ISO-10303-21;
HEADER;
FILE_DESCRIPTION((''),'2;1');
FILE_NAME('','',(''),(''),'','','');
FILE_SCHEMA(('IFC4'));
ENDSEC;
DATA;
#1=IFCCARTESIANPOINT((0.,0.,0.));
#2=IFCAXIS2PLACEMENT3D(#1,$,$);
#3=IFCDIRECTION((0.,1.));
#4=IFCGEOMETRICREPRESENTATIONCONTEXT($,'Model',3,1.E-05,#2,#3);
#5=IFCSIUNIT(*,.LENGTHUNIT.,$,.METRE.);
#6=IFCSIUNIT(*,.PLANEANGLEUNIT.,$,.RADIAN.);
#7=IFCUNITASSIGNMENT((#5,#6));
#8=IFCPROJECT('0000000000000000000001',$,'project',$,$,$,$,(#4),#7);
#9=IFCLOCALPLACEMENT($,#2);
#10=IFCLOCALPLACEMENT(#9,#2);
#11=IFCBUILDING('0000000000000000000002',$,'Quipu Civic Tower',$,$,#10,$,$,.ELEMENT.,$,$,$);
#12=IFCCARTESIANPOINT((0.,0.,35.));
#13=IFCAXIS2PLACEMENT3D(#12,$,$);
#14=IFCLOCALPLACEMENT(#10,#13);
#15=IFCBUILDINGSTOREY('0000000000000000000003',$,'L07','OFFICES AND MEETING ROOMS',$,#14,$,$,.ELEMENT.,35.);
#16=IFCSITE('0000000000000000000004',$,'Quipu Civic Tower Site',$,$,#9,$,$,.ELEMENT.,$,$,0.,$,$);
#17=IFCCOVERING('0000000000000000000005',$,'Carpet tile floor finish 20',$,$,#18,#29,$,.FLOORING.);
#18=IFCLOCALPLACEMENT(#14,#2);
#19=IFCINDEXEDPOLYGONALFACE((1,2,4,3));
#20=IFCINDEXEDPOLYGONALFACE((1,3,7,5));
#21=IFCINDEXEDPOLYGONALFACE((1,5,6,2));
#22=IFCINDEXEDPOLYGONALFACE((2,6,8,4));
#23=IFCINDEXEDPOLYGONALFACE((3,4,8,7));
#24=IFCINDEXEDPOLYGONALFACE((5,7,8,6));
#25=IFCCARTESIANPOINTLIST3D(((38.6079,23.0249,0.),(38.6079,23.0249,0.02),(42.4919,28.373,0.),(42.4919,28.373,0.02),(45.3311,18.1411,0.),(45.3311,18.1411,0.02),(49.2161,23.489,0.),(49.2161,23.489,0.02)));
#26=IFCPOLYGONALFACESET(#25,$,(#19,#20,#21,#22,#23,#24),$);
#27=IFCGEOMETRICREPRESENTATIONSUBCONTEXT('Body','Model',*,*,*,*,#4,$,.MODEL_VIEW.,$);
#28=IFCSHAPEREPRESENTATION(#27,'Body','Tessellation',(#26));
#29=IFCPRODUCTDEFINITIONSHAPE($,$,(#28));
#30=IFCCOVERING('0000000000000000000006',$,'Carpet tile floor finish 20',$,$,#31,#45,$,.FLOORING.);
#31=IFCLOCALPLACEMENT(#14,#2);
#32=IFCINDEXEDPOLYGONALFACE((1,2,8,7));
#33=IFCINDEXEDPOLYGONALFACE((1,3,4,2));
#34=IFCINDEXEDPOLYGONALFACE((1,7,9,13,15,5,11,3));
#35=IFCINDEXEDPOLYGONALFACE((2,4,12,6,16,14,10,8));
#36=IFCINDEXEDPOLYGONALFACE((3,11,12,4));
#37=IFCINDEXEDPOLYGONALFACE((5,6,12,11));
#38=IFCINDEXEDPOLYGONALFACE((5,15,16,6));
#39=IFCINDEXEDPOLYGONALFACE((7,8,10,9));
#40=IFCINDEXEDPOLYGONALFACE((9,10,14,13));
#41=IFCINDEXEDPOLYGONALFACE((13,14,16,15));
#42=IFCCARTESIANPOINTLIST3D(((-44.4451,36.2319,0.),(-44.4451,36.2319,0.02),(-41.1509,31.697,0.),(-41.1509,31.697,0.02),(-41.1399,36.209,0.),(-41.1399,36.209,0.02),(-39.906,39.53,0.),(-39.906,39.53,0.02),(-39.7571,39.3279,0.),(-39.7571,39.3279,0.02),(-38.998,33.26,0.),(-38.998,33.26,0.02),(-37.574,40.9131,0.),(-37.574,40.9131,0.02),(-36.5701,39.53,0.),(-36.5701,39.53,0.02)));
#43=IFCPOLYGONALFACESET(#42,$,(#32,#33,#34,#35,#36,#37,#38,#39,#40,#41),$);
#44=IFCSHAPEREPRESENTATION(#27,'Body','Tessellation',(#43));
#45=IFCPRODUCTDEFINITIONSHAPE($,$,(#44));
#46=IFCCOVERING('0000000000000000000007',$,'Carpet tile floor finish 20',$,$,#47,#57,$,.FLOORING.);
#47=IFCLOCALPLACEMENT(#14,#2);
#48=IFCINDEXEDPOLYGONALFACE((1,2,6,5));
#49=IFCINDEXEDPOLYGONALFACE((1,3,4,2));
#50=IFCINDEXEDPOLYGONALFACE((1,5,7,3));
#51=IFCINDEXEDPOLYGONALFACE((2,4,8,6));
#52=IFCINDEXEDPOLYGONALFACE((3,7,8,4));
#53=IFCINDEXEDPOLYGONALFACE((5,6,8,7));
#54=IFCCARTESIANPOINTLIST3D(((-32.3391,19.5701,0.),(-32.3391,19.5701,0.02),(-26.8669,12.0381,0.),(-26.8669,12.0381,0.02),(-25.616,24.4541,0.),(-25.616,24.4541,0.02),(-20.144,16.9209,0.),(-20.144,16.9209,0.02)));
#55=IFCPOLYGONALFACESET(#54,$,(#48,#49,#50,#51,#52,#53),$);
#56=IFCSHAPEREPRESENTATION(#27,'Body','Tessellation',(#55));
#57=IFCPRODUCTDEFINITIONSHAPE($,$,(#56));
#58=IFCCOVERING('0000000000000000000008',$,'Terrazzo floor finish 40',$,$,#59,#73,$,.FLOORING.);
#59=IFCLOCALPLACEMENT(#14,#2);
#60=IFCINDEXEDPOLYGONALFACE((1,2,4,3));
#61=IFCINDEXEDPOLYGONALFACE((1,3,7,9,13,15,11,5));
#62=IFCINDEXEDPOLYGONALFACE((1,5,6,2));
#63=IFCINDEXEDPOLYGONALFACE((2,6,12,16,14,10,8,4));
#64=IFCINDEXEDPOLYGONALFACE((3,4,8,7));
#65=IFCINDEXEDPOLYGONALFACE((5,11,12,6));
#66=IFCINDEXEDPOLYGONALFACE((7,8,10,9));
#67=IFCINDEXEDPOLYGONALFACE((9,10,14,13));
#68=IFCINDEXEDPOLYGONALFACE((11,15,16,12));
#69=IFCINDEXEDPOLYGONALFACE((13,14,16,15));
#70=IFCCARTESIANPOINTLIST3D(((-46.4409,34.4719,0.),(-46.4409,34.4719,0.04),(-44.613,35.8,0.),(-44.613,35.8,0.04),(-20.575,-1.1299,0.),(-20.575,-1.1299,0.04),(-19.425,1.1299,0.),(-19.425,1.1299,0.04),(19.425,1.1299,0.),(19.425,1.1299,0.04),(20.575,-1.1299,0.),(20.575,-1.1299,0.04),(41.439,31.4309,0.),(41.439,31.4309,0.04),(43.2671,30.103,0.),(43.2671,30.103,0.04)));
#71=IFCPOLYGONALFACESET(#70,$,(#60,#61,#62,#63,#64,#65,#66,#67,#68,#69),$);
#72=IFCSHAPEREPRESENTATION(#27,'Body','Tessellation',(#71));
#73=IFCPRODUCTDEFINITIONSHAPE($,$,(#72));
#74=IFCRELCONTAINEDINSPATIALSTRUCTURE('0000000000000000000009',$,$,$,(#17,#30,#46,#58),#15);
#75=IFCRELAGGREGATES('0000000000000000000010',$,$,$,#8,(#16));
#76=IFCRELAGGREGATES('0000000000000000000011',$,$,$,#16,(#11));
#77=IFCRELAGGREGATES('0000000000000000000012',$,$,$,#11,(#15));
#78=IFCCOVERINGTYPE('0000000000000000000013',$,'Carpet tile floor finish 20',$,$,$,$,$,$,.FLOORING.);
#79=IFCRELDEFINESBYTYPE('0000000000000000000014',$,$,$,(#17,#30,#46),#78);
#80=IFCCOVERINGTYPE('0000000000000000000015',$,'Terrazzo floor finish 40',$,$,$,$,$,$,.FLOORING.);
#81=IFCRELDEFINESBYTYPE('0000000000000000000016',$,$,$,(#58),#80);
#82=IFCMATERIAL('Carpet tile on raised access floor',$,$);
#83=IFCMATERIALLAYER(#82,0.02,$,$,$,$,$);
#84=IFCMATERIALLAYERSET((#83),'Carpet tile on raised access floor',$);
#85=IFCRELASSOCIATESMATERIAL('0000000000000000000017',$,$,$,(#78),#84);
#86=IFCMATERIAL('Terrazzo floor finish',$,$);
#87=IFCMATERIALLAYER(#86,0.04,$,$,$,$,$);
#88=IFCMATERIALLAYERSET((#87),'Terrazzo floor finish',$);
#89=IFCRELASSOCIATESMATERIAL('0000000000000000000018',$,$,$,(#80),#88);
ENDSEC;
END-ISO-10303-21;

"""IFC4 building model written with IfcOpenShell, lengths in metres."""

from ifc_helpers import new_model, si_unit, direction, frame, origin, place, context, subcontext, project, spatial, polyline, outline, extrude, material, layer, layer_set, type_object, element, save


model = new_model("IFC4")

# Units and contexts
model_context = context("Model", 3, precision=1e-05, world=origin(), true_north=direction((0.0, 1.0)))
body_context = subcontext(model_context, "Body", "Model", "MODEL_VIEW")
ifc_project = project(units=[si_unit("LENGTHUNIT", "METRE"), si_unit("PLANEANGLEUNIT", "RADIAN")], contexts=[model_context])

# Site, building, storey
site_placement = place(None, origin())
site = spatial("IfcSite", under=ifc_project, at=site_placement, Name="Quipu Civic Tower Site", CompositionType="ELEMENT", RefElevation=0.0)
building_placement = place(site_placement, origin())
building = spatial("IfcBuilding", under=site, at=building_placement, Name="Quipu Civic Tower", CompositionType="ELEMENT")
storey_placement = place(building_placement, frame((0.0, 0.0, 35.0)))
storey = spatial("IfcBuildingStorey", under=building, at=storey_placement, Name="L07", Description="OFFICES AND MEETING ROOMS", CompositionType="ELEMENT", Elevation=35.0)

# Coverings
ifc_material_1 = material(Name="Carpet tile on raised access floor")
ifc_layer_1 = layer(ifc_material_1, 0.02)
ifc_layer_set_1 = layer_set([ifc_layer_1], Name="Carpet tile on raised access floor")
covering_type_1 = type_object("IfcCoveringType", Name="Carpet tile floor finish 20", PredefinedType="FLOORING", material=ifc_layer_set_1)
covering_1_placement = place(storey_placement, origin())
element("IfcCovering", 1, at=covering_1_placement, inside=storey, type_object=covering_type_1, Name="Carpet tile floor finish 20", PredefinedType="FLOORING", context=body_context, shape_type="SweptSolid", body=[
    extrude(outline(polyline([(38.6079, 23.0249), (42.4919, 28.373), (49.2161, 23.489), (45.3311, 18.1411), (38.6079, 23.0249)])), origin(), (0.0, 0.0, 1.0), 0.02),
])
covering_2_placement = place(storey_placement, origin())
element("IfcCovering", 2, at=covering_2_placement, inside=storey, type_object=covering_type_1, Name="Carpet tile floor finish 20", PredefinedType="FLOORING", context=body_context, shape_type="SweptSolid", body=[
    extrude(outline(polyline([(-44.4451, 36.2319), (-39.906, 39.53), (-39.7571, 39.3279), (-37.574, 40.9131), (-36.5701, 39.53), (-41.1399, 36.209), (-38.998, 33.26), (-41.1509, 31.697), (-44.4451, 36.2319)])), origin(), (0.0, 0.0, 1.0), 0.02),
])
covering_3_placement = place(storey_placement, origin())
element("IfcCovering", 3, at=covering_3_placement, inside=storey, type_object=covering_type_1, Name="Carpet tile floor finish 20", PredefinedType="FLOORING", context=body_context, shape_type="SweptSolid", body=[
    extrude(outline(polyline([(-32.3391, 19.5701), (-25.616, 24.4541), (-20.144, 16.9209), (-26.8669, 12.0381), (-32.3391, 19.5701)])), origin(), (0.0, 0.0, 1.0), 0.02),
])
ifc_material_2 = material(Name="Terrazzo floor finish")
ifc_layer_2 = layer(ifc_material_2, 0.04)
ifc_layer_set_2 = layer_set([ifc_layer_2], Name="Terrazzo floor finish")
covering_type_2 = type_object("IfcCoveringType", Name="Terrazzo floor finish 40", PredefinedType="FLOORING", material=ifc_layer_set_2)
covering_4_placement = place(storey_placement, origin())
element("IfcCovering", 4, at=covering_4_placement, inside=storey, type_object=covering_type_2, Name="Terrazzo floor finish 40", PredefinedType="FLOORING", context=body_context, shape_type="SweptSolid", body=[
    extrude(outline(polyline([(20.575, -1.1299), (-20.575, -1.1299), (-46.4409, 34.4719), (-44.613, 35.8), (-19.425, 1.1299), (19.425, 1.1299), (41.439, 31.4309), (43.2671, 30.103), (20.575, -1.1299)])), origin(), (0.0, 0.0, 1.0), 0.04),
])

save(model, "model.ifc")
